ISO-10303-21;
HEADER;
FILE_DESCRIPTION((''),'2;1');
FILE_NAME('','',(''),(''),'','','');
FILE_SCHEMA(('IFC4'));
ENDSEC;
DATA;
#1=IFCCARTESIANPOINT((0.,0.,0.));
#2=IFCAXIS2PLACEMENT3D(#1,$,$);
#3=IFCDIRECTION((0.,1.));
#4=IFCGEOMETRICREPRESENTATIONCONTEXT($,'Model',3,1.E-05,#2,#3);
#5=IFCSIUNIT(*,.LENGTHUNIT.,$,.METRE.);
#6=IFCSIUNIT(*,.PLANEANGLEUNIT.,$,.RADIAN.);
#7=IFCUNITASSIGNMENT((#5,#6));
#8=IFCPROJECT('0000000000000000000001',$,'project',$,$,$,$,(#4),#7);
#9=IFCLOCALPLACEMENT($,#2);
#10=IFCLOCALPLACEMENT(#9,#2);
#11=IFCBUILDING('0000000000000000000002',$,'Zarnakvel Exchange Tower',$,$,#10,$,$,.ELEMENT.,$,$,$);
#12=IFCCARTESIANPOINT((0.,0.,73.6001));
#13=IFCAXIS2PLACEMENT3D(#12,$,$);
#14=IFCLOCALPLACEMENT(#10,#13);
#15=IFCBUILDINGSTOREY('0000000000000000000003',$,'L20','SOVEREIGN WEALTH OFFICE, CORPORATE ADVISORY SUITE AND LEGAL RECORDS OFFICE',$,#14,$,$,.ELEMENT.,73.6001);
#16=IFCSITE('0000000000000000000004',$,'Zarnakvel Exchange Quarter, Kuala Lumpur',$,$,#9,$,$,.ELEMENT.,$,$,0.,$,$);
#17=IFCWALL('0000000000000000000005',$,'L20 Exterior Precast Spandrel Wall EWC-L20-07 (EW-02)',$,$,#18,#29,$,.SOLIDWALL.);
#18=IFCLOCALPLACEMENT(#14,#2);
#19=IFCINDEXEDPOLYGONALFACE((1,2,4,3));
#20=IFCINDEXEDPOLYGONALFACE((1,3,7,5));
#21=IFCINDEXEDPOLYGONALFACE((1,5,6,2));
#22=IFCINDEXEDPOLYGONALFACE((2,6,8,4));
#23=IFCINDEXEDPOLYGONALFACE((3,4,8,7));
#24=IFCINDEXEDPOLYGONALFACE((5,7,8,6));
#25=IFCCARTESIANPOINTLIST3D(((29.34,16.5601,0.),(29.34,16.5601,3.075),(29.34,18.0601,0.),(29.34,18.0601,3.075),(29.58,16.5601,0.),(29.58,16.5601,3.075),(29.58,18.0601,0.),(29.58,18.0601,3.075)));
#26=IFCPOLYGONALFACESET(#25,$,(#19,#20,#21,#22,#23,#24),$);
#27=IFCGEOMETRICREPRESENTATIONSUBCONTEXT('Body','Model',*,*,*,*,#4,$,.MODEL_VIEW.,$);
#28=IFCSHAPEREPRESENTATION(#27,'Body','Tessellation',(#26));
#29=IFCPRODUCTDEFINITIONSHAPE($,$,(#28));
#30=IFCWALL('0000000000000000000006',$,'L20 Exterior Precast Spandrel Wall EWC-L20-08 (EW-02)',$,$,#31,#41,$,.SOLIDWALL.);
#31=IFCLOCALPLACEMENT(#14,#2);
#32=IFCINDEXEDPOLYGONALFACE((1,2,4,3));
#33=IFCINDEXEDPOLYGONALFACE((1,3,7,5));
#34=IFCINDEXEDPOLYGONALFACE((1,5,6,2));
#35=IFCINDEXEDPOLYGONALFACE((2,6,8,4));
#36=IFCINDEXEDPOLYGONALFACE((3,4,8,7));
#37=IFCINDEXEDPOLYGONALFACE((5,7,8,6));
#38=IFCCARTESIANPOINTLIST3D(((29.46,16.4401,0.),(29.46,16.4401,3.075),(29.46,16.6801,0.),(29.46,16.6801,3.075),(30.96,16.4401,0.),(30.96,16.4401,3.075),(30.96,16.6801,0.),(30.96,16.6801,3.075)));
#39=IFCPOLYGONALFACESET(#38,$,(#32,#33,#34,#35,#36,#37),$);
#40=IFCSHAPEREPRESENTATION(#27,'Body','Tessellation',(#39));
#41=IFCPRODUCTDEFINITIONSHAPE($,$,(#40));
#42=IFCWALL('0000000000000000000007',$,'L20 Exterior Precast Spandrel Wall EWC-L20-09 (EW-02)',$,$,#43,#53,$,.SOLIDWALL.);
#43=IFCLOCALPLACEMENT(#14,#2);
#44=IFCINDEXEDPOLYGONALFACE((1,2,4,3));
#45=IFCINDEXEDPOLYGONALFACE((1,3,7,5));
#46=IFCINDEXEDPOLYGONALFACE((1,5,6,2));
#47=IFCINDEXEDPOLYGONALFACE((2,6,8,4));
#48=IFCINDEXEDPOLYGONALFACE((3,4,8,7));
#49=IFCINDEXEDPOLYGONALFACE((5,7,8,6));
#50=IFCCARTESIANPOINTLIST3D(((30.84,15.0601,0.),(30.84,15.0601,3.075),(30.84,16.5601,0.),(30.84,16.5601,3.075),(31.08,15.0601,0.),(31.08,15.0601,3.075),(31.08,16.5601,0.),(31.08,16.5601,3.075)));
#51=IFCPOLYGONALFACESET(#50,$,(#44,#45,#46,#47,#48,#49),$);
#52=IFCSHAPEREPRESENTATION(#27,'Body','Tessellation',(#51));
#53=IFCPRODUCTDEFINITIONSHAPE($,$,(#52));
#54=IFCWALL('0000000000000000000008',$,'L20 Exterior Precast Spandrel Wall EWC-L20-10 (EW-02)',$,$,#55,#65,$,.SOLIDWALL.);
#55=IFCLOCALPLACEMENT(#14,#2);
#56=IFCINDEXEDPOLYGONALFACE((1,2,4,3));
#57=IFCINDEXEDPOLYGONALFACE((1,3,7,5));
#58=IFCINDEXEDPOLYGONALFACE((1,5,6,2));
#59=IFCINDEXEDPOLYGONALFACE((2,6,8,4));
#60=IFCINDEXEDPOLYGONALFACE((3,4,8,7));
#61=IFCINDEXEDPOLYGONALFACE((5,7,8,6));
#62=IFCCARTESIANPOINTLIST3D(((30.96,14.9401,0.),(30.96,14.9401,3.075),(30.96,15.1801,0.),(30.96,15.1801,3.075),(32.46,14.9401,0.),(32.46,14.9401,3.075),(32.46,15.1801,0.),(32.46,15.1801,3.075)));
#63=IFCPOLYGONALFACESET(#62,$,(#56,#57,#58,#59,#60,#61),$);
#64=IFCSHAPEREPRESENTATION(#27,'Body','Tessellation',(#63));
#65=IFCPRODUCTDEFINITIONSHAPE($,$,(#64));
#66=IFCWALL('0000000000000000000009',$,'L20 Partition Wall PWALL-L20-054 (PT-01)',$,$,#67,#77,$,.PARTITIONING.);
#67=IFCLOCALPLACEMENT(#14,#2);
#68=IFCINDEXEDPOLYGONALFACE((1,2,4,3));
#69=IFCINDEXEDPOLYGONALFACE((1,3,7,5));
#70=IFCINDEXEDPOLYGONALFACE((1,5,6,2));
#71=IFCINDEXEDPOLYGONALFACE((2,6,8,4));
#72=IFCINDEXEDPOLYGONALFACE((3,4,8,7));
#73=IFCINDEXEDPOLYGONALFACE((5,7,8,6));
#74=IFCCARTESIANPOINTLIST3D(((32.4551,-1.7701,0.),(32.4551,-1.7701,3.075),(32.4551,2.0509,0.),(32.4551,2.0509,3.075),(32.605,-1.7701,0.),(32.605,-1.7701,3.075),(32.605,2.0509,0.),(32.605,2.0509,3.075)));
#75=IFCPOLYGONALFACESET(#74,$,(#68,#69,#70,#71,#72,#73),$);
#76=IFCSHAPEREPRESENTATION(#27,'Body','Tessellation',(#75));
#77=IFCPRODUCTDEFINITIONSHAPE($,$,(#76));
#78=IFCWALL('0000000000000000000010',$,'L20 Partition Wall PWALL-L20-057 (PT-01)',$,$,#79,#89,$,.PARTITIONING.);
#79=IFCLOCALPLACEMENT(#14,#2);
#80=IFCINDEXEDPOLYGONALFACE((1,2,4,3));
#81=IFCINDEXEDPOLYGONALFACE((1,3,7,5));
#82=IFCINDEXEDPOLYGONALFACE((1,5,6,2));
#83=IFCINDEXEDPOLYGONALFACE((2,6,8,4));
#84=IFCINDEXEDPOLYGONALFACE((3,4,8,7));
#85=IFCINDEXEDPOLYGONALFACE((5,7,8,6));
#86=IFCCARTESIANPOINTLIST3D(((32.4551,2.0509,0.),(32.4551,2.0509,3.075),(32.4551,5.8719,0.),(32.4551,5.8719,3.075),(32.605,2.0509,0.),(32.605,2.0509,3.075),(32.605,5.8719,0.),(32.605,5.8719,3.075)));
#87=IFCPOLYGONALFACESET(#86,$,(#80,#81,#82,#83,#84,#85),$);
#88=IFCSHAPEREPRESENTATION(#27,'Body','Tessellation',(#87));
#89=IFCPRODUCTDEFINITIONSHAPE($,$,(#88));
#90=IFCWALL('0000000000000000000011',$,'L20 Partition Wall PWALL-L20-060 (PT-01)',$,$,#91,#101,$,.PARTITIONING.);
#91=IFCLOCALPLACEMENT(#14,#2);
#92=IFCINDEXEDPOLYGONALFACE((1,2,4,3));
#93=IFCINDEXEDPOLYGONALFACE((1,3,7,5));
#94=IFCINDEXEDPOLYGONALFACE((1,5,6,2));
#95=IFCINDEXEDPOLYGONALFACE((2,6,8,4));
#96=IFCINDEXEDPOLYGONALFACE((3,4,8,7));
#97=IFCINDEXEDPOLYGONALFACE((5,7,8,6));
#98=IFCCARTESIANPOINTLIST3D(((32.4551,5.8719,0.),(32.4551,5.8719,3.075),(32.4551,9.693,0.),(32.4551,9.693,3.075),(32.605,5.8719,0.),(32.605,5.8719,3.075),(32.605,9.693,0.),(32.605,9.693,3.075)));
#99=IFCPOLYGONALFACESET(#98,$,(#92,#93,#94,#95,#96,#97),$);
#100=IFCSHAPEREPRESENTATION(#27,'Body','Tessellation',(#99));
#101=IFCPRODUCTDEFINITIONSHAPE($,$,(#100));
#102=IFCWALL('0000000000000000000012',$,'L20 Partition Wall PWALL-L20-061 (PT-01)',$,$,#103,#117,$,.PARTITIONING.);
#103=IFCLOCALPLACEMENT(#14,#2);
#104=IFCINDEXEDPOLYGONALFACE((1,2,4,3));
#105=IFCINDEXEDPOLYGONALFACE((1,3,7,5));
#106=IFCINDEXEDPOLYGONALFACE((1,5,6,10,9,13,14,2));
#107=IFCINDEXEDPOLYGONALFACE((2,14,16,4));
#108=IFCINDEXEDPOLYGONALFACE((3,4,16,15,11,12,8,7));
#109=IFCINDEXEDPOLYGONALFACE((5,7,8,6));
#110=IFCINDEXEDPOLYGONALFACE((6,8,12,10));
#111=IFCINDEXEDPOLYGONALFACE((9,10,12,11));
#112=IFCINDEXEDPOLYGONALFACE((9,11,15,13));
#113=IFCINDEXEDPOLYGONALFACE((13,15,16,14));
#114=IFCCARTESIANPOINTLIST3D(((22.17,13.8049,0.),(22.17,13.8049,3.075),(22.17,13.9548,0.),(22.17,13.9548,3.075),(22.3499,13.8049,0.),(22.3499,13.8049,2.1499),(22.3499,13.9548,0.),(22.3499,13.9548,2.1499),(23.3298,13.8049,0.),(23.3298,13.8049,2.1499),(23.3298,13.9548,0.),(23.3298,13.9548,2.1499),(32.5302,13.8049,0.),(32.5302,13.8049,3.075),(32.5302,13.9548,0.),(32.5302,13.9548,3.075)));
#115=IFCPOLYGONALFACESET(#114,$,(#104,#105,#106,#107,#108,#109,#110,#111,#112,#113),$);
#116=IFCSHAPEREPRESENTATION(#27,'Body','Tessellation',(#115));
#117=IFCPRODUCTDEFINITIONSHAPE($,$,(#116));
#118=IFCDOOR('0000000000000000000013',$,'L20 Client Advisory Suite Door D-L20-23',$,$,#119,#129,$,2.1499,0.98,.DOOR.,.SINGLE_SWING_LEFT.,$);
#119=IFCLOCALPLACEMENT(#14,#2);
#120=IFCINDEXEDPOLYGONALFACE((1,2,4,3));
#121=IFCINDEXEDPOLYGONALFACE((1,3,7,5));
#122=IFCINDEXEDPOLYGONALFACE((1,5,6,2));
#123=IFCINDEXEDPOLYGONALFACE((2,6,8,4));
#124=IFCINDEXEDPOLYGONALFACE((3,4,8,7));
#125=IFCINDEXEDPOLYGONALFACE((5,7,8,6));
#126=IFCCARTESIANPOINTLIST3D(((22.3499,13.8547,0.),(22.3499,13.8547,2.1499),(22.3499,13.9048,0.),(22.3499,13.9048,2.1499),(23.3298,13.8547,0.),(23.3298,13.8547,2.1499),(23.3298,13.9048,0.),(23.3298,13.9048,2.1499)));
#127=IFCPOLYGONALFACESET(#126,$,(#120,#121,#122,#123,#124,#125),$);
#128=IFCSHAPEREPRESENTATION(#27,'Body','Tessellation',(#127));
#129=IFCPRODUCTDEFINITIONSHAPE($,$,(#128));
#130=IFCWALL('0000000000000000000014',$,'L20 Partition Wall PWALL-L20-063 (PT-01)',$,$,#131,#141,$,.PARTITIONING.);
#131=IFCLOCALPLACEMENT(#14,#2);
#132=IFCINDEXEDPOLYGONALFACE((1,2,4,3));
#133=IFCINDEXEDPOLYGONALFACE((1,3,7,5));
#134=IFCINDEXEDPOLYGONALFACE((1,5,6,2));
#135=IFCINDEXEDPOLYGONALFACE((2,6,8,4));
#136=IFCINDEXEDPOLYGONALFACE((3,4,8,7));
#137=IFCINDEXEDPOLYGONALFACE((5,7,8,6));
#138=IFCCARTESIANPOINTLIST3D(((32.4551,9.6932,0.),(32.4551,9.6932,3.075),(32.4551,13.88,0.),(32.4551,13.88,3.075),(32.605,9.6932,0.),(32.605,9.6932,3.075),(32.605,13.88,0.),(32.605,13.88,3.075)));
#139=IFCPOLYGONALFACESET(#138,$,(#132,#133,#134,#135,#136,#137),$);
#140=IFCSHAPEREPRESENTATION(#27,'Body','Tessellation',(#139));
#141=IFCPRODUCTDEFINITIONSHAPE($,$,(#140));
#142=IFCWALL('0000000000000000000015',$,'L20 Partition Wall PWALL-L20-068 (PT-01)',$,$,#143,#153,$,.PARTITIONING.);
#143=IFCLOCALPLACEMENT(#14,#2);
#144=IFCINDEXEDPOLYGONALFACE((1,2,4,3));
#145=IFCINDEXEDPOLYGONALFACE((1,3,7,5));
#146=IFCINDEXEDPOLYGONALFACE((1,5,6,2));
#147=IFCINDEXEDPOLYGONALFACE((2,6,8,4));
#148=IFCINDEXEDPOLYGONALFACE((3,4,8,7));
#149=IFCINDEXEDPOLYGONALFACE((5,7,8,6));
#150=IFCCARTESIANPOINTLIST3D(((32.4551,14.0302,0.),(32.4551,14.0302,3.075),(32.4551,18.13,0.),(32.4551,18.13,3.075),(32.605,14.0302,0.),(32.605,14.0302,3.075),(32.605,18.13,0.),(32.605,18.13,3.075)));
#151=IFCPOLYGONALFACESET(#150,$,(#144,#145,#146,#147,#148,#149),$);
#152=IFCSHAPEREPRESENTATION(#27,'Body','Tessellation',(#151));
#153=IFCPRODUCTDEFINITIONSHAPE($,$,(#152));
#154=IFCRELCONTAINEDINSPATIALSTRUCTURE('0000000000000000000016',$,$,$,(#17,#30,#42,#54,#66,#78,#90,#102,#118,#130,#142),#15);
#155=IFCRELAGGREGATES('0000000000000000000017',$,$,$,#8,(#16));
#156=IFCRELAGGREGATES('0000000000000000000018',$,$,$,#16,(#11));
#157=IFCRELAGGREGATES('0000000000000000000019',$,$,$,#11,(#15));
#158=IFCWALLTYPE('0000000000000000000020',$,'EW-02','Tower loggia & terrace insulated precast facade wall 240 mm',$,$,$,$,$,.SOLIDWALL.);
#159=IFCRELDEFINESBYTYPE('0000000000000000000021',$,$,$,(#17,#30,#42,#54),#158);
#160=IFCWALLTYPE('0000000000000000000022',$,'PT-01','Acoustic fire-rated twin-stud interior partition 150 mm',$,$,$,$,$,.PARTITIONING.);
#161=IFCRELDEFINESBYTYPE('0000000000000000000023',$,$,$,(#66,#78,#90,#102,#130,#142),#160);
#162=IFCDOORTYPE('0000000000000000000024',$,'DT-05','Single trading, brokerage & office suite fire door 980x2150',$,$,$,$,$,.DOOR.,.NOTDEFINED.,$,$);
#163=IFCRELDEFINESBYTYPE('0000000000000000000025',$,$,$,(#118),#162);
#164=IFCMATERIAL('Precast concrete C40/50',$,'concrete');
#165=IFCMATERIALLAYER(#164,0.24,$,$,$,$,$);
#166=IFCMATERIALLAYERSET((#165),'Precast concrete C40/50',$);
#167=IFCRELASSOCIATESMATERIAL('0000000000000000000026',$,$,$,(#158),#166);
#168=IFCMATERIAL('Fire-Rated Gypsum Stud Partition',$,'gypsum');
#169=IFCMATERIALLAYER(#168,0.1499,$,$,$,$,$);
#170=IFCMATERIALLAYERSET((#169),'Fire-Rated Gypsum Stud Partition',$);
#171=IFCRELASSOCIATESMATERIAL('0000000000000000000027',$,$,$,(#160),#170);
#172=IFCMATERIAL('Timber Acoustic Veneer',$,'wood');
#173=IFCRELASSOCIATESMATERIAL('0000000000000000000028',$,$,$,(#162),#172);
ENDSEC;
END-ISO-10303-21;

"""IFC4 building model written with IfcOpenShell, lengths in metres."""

from ifc_helpers import new_model, si_unit, direction, frame, frame_2d, origin, place, context, subcontext, project, spatial, rectangle, extrude, source, transform, mapped, material, layer, layer_set, type_object, element, fill, save


model = new_model("IFC4")

# Units and contexts
model_context = context("Model", 3, precision=1e-05, world=origin(), true_north=direction((0.0, 1.0)))
body_context = subcontext(model_context, "Body", "Model", "MODEL_VIEW")
ifc_project = project(units=[si_unit("LENGTHUNIT", "METRE"), si_unit("PLANEANGLEUNIT", "RADIAN")], contexts=[model_context])

# Site, building, storey
site_placement = place(None, origin())
site = spatial("IfcSite", under=ifc_project, at=site_placement, Name="Zarnakvel Exchange Quarter, Kuala Lumpur", CompositionType="ELEMENT", RefElevation=0.0)
building_placement = place(site_placement, origin())
building = spatial("IfcBuilding", under=site, at=building_placement, Name="Zarnakvel Exchange Tower", CompositionType="ELEMENT")
storey_placement = place(building_placement, frame((0.0, 0.0, 73.6001)))
storey = spatial("IfcBuildingStorey", under=building, at=storey_placement, Name="L20", Description="SOVEREIGN WEALTH OFFICE, CORPORATE ADVISORY SUITE AND LEGAL RECORDS OFFICE", CompositionType="ELEMENT", Elevation=73.6001)

# Walls
ifc_material_1 = material(Name="Precast concrete C40/50", Category="concrete")
ifc_layer_1 = layer(ifc_material_1, 0.24)
ifc_layer_set_1 = layer_set([ifc_layer_1], Name="Precast concrete C40/50")
wall_type_1 = type_object("IfcWallType", Name="EW-02", Description="Tower loggia & terrace insulated precast facade wall 240 mm", PredefinedType="SOLIDWALL", material=ifc_layer_set_1)
for number, where, z_axis, x_axis, name in (
    (1, (29.46, 16.5601, 0.0), (0.0, 0.0, 1.0), (0.0, 1.0, 0.0), "L20 Exterior Precast Spandrel Wall EWC-L20-07 (EW-02)"),
    (2, (30.96, 16.5601, 0.0), (0.0, 0.0, 1.0), (-1.0, 0.0, 0.0), "L20 Exterior Precast Spandrel Wall EWC-L20-08 (EW-02)"),
    (3, (30.96, 15.0601, 0.0), (0.0, 0.0, 1.0), (0.0, 1.0, 0.0), "L20 Exterior Precast Spandrel Wall EWC-L20-09 (EW-02)"),
    (4, (32.46, 15.0601, 0.0), (0.0, 0.0, 1.0), (-1.0, 0.0, 0.0), "L20 Exterior Precast Spandrel Wall EWC-L20-10 (EW-02)"),
):
    element("IfcWall", number, at=place(storey_placement, frame(where, z_axis=z_axis, x_axis=x_axis)), inside=storey, type_object=wall_type_1, Name=name, PredefinedType="SOLIDWALL", context=body_context, shape_type="SweptSolid", body=[
        extrude(rectangle(XDim=1.5, YDim=0.24, at=frame_2d((0.75, 0.0))), origin(), (0.0, 0.0, 1.0), 3.075),
    ])
ifc_material_2 = material(Name="Fire-Rated Gypsum Stud Partition", Category="gypsum")
ifc_layer_2 = layer(ifc_material_2, 0.1499)
ifc_layer_set_2 = layer_set([ifc_layer_2], Name="Fire-Rated Gypsum Stud Partition")
wall_type_2 = type_object("IfcWallType", Name="PT-01", Description="Acoustic fire-rated twin-stud interior partition 150 mm", PredefinedType="PARTITIONING", material=ifc_layer_set_2)
for number, where, z_axis, x_axis, name in (
    (5, (32.53, 2.051, 0.0), (0.0, 0.0, 1.0), (0.0, -1.0, 0.0), "L20 Partition Wall PWALL-L20-054 (PT-01)"),
    (6, (32.53, 5.8721, 0.0), (0.0, 0.0, 1.0), (0.0, -1.0, 0.0), "L20 Partition Wall PWALL-L20-057 (PT-01)"),
    (7, (32.53, 9.6931, 0.0), (0.0, 0.0, 1.0), (0.0, -1.0, 0.0), "L20 Partition Wall PWALL-L20-060 (PT-01)"),
):
    element("IfcWall", number, at=place(storey_placement, frame(where, z_axis=z_axis, x_axis=x_axis)), inside=storey, type_object=wall_type_2, Name=name, PredefinedType="PARTITIONING", context=body_context, shape_type="SweptSolid", body=[
        extrude(rectangle(XDim=3.821, YDim=0.1499, at=frame_2d((1.9106, 0.0))), origin(), (0.0, 0.0, 1.0), 3.075),
    ])

# Wall, opening, door
wall_1_placement = place(storey_placement, frame((22.1699, 13.8799, 0.0), z_axis=(0.0, 0.0, 1.0), x_axis=(1.0, 0.0, 0.0)))
wall_1 = element("IfcWall", 8, at=wall_1_placement, inside=storey, type_object=wall_type_2, Name="L20 Partition Wall PWALL-L20-061 (PT-01)", PredefinedType="PARTITIONING", context=body_context, shape_type="SweptSolid", body=[
    extrude(rectangle(XDim=10.3601, YDim=0.1499, at=frame_2d((5.1802, 0.0))), origin(), (0.0, 0.0, 1.0), 3.075),
])
opening_placement = place(wall_1_placement, frame((0.1799, 0.0, 0.0)))
opening = element("IfcOpeningElement", 9, at=opening_placement, cuts=wall_1, PredefinedType="OPENING", context=body_context, shape_type="SweptSolid", body=[
    extrude(rectangle(XDim=0.98, YDim=2.1499, at=frame_2d((0.49, 1.075))), frame((0.0, 0.085, 0.0), z_axis=(0.0, -1.0, 0.0), x_axis=(1.0, 0.0, 0.0)), (0.0, 0.0, 1.0), 0.1699),
])
ifc_material_3 = material(Name="Timber Acoustic Veneer", Category="wood")
door_type = type_object("IfcDoorType", Name="DT-05", Description="Single trading, brokerage & office suite fire door 980x2150", OperationType="NOTDEFINED", PredefinedType="DOOR", material=ifc_material_3)
shared_shape_1 = source(origin(), body_context, "Body", "SweptSolid", [
    extrude(rectangle(XDim=0.98, YDim=2.1499, at=frame_2d((0.49, 1.075))), frame((0.0, 0.0249, 0.0), z_axis=(0.0, -1.0, 0.0), x_axis=(1.0, 0.0, 0.0)), (0.0, 0.0, 1.0), 0.05),
])
door_placement = place(opening_placement, origin())
door = element("IfcDoor", 10, at=door_placement, inside=storey, type_object=door_type, Name="L20 Client Advisory Suite Door D-L20-23", OperationType="SINGLE_SWING_LEFT", OverallHeight=2.1499, OverallWidth=0.98, PredefinedType="DOOR", context=body_context, shape_type="MappedRepresentation", body=[
    mapped(shared_shape_1, transform((0.0, 0.0, 0.0), x_axis=(1.0, 0.0, 0.0), y_axis=(0.0, 1.0, 0.0), z_axis=(0.0, 0.0, 1.0), scale=1.0)),
])
fill(opening, door)

# Walls
wall_2_placement = place(storey_placement, frame((32.53, 13.8799, 0.0), z_axis=(0.0, 0.0, 1.0), x_axis=(0.0, -1.0, 0.0)))
element("IfcWall", 11, at=wall_2_placement, inside=storey, type_object=wall_type_2, Name="L20 Partition Wall PWALL-L20-063 (PT-01)", PredefinedType="PARTITIONING", context=body_context, shape_type="SweptSolid", body=[
    extrude(rectangle(XDim=4.1868, YDim=0.1499, at=frame_2d((2.0933, 0.0))), origin(), (0.0, 0.0, 1.0), 3.075),
])
wall_3_placement = place(storey_placement, frame((32.53, 18.1299, 0.0), z_axis=(0.0, 0.0, 1.0), x_axis=(0.0, -1.0, 0.0)))
element("IfcWall", 12, at=wall_3_placement, inside=storey, type_object=wall_type_2, Name="L20 Partition Wall PWALL-L20-068 (PT-01)", PredefinedType="PARTITIONING", context=body_context, shape_type="SweptSolid", body=[
    extrude(rectangle(XDim=4.0999, YDim=0.1499, at=frame_2d((2.0498, 0.0))), origin(), (0.0, 0.0, 1.0), 3.075),
])

save(model, "model.ifc")
